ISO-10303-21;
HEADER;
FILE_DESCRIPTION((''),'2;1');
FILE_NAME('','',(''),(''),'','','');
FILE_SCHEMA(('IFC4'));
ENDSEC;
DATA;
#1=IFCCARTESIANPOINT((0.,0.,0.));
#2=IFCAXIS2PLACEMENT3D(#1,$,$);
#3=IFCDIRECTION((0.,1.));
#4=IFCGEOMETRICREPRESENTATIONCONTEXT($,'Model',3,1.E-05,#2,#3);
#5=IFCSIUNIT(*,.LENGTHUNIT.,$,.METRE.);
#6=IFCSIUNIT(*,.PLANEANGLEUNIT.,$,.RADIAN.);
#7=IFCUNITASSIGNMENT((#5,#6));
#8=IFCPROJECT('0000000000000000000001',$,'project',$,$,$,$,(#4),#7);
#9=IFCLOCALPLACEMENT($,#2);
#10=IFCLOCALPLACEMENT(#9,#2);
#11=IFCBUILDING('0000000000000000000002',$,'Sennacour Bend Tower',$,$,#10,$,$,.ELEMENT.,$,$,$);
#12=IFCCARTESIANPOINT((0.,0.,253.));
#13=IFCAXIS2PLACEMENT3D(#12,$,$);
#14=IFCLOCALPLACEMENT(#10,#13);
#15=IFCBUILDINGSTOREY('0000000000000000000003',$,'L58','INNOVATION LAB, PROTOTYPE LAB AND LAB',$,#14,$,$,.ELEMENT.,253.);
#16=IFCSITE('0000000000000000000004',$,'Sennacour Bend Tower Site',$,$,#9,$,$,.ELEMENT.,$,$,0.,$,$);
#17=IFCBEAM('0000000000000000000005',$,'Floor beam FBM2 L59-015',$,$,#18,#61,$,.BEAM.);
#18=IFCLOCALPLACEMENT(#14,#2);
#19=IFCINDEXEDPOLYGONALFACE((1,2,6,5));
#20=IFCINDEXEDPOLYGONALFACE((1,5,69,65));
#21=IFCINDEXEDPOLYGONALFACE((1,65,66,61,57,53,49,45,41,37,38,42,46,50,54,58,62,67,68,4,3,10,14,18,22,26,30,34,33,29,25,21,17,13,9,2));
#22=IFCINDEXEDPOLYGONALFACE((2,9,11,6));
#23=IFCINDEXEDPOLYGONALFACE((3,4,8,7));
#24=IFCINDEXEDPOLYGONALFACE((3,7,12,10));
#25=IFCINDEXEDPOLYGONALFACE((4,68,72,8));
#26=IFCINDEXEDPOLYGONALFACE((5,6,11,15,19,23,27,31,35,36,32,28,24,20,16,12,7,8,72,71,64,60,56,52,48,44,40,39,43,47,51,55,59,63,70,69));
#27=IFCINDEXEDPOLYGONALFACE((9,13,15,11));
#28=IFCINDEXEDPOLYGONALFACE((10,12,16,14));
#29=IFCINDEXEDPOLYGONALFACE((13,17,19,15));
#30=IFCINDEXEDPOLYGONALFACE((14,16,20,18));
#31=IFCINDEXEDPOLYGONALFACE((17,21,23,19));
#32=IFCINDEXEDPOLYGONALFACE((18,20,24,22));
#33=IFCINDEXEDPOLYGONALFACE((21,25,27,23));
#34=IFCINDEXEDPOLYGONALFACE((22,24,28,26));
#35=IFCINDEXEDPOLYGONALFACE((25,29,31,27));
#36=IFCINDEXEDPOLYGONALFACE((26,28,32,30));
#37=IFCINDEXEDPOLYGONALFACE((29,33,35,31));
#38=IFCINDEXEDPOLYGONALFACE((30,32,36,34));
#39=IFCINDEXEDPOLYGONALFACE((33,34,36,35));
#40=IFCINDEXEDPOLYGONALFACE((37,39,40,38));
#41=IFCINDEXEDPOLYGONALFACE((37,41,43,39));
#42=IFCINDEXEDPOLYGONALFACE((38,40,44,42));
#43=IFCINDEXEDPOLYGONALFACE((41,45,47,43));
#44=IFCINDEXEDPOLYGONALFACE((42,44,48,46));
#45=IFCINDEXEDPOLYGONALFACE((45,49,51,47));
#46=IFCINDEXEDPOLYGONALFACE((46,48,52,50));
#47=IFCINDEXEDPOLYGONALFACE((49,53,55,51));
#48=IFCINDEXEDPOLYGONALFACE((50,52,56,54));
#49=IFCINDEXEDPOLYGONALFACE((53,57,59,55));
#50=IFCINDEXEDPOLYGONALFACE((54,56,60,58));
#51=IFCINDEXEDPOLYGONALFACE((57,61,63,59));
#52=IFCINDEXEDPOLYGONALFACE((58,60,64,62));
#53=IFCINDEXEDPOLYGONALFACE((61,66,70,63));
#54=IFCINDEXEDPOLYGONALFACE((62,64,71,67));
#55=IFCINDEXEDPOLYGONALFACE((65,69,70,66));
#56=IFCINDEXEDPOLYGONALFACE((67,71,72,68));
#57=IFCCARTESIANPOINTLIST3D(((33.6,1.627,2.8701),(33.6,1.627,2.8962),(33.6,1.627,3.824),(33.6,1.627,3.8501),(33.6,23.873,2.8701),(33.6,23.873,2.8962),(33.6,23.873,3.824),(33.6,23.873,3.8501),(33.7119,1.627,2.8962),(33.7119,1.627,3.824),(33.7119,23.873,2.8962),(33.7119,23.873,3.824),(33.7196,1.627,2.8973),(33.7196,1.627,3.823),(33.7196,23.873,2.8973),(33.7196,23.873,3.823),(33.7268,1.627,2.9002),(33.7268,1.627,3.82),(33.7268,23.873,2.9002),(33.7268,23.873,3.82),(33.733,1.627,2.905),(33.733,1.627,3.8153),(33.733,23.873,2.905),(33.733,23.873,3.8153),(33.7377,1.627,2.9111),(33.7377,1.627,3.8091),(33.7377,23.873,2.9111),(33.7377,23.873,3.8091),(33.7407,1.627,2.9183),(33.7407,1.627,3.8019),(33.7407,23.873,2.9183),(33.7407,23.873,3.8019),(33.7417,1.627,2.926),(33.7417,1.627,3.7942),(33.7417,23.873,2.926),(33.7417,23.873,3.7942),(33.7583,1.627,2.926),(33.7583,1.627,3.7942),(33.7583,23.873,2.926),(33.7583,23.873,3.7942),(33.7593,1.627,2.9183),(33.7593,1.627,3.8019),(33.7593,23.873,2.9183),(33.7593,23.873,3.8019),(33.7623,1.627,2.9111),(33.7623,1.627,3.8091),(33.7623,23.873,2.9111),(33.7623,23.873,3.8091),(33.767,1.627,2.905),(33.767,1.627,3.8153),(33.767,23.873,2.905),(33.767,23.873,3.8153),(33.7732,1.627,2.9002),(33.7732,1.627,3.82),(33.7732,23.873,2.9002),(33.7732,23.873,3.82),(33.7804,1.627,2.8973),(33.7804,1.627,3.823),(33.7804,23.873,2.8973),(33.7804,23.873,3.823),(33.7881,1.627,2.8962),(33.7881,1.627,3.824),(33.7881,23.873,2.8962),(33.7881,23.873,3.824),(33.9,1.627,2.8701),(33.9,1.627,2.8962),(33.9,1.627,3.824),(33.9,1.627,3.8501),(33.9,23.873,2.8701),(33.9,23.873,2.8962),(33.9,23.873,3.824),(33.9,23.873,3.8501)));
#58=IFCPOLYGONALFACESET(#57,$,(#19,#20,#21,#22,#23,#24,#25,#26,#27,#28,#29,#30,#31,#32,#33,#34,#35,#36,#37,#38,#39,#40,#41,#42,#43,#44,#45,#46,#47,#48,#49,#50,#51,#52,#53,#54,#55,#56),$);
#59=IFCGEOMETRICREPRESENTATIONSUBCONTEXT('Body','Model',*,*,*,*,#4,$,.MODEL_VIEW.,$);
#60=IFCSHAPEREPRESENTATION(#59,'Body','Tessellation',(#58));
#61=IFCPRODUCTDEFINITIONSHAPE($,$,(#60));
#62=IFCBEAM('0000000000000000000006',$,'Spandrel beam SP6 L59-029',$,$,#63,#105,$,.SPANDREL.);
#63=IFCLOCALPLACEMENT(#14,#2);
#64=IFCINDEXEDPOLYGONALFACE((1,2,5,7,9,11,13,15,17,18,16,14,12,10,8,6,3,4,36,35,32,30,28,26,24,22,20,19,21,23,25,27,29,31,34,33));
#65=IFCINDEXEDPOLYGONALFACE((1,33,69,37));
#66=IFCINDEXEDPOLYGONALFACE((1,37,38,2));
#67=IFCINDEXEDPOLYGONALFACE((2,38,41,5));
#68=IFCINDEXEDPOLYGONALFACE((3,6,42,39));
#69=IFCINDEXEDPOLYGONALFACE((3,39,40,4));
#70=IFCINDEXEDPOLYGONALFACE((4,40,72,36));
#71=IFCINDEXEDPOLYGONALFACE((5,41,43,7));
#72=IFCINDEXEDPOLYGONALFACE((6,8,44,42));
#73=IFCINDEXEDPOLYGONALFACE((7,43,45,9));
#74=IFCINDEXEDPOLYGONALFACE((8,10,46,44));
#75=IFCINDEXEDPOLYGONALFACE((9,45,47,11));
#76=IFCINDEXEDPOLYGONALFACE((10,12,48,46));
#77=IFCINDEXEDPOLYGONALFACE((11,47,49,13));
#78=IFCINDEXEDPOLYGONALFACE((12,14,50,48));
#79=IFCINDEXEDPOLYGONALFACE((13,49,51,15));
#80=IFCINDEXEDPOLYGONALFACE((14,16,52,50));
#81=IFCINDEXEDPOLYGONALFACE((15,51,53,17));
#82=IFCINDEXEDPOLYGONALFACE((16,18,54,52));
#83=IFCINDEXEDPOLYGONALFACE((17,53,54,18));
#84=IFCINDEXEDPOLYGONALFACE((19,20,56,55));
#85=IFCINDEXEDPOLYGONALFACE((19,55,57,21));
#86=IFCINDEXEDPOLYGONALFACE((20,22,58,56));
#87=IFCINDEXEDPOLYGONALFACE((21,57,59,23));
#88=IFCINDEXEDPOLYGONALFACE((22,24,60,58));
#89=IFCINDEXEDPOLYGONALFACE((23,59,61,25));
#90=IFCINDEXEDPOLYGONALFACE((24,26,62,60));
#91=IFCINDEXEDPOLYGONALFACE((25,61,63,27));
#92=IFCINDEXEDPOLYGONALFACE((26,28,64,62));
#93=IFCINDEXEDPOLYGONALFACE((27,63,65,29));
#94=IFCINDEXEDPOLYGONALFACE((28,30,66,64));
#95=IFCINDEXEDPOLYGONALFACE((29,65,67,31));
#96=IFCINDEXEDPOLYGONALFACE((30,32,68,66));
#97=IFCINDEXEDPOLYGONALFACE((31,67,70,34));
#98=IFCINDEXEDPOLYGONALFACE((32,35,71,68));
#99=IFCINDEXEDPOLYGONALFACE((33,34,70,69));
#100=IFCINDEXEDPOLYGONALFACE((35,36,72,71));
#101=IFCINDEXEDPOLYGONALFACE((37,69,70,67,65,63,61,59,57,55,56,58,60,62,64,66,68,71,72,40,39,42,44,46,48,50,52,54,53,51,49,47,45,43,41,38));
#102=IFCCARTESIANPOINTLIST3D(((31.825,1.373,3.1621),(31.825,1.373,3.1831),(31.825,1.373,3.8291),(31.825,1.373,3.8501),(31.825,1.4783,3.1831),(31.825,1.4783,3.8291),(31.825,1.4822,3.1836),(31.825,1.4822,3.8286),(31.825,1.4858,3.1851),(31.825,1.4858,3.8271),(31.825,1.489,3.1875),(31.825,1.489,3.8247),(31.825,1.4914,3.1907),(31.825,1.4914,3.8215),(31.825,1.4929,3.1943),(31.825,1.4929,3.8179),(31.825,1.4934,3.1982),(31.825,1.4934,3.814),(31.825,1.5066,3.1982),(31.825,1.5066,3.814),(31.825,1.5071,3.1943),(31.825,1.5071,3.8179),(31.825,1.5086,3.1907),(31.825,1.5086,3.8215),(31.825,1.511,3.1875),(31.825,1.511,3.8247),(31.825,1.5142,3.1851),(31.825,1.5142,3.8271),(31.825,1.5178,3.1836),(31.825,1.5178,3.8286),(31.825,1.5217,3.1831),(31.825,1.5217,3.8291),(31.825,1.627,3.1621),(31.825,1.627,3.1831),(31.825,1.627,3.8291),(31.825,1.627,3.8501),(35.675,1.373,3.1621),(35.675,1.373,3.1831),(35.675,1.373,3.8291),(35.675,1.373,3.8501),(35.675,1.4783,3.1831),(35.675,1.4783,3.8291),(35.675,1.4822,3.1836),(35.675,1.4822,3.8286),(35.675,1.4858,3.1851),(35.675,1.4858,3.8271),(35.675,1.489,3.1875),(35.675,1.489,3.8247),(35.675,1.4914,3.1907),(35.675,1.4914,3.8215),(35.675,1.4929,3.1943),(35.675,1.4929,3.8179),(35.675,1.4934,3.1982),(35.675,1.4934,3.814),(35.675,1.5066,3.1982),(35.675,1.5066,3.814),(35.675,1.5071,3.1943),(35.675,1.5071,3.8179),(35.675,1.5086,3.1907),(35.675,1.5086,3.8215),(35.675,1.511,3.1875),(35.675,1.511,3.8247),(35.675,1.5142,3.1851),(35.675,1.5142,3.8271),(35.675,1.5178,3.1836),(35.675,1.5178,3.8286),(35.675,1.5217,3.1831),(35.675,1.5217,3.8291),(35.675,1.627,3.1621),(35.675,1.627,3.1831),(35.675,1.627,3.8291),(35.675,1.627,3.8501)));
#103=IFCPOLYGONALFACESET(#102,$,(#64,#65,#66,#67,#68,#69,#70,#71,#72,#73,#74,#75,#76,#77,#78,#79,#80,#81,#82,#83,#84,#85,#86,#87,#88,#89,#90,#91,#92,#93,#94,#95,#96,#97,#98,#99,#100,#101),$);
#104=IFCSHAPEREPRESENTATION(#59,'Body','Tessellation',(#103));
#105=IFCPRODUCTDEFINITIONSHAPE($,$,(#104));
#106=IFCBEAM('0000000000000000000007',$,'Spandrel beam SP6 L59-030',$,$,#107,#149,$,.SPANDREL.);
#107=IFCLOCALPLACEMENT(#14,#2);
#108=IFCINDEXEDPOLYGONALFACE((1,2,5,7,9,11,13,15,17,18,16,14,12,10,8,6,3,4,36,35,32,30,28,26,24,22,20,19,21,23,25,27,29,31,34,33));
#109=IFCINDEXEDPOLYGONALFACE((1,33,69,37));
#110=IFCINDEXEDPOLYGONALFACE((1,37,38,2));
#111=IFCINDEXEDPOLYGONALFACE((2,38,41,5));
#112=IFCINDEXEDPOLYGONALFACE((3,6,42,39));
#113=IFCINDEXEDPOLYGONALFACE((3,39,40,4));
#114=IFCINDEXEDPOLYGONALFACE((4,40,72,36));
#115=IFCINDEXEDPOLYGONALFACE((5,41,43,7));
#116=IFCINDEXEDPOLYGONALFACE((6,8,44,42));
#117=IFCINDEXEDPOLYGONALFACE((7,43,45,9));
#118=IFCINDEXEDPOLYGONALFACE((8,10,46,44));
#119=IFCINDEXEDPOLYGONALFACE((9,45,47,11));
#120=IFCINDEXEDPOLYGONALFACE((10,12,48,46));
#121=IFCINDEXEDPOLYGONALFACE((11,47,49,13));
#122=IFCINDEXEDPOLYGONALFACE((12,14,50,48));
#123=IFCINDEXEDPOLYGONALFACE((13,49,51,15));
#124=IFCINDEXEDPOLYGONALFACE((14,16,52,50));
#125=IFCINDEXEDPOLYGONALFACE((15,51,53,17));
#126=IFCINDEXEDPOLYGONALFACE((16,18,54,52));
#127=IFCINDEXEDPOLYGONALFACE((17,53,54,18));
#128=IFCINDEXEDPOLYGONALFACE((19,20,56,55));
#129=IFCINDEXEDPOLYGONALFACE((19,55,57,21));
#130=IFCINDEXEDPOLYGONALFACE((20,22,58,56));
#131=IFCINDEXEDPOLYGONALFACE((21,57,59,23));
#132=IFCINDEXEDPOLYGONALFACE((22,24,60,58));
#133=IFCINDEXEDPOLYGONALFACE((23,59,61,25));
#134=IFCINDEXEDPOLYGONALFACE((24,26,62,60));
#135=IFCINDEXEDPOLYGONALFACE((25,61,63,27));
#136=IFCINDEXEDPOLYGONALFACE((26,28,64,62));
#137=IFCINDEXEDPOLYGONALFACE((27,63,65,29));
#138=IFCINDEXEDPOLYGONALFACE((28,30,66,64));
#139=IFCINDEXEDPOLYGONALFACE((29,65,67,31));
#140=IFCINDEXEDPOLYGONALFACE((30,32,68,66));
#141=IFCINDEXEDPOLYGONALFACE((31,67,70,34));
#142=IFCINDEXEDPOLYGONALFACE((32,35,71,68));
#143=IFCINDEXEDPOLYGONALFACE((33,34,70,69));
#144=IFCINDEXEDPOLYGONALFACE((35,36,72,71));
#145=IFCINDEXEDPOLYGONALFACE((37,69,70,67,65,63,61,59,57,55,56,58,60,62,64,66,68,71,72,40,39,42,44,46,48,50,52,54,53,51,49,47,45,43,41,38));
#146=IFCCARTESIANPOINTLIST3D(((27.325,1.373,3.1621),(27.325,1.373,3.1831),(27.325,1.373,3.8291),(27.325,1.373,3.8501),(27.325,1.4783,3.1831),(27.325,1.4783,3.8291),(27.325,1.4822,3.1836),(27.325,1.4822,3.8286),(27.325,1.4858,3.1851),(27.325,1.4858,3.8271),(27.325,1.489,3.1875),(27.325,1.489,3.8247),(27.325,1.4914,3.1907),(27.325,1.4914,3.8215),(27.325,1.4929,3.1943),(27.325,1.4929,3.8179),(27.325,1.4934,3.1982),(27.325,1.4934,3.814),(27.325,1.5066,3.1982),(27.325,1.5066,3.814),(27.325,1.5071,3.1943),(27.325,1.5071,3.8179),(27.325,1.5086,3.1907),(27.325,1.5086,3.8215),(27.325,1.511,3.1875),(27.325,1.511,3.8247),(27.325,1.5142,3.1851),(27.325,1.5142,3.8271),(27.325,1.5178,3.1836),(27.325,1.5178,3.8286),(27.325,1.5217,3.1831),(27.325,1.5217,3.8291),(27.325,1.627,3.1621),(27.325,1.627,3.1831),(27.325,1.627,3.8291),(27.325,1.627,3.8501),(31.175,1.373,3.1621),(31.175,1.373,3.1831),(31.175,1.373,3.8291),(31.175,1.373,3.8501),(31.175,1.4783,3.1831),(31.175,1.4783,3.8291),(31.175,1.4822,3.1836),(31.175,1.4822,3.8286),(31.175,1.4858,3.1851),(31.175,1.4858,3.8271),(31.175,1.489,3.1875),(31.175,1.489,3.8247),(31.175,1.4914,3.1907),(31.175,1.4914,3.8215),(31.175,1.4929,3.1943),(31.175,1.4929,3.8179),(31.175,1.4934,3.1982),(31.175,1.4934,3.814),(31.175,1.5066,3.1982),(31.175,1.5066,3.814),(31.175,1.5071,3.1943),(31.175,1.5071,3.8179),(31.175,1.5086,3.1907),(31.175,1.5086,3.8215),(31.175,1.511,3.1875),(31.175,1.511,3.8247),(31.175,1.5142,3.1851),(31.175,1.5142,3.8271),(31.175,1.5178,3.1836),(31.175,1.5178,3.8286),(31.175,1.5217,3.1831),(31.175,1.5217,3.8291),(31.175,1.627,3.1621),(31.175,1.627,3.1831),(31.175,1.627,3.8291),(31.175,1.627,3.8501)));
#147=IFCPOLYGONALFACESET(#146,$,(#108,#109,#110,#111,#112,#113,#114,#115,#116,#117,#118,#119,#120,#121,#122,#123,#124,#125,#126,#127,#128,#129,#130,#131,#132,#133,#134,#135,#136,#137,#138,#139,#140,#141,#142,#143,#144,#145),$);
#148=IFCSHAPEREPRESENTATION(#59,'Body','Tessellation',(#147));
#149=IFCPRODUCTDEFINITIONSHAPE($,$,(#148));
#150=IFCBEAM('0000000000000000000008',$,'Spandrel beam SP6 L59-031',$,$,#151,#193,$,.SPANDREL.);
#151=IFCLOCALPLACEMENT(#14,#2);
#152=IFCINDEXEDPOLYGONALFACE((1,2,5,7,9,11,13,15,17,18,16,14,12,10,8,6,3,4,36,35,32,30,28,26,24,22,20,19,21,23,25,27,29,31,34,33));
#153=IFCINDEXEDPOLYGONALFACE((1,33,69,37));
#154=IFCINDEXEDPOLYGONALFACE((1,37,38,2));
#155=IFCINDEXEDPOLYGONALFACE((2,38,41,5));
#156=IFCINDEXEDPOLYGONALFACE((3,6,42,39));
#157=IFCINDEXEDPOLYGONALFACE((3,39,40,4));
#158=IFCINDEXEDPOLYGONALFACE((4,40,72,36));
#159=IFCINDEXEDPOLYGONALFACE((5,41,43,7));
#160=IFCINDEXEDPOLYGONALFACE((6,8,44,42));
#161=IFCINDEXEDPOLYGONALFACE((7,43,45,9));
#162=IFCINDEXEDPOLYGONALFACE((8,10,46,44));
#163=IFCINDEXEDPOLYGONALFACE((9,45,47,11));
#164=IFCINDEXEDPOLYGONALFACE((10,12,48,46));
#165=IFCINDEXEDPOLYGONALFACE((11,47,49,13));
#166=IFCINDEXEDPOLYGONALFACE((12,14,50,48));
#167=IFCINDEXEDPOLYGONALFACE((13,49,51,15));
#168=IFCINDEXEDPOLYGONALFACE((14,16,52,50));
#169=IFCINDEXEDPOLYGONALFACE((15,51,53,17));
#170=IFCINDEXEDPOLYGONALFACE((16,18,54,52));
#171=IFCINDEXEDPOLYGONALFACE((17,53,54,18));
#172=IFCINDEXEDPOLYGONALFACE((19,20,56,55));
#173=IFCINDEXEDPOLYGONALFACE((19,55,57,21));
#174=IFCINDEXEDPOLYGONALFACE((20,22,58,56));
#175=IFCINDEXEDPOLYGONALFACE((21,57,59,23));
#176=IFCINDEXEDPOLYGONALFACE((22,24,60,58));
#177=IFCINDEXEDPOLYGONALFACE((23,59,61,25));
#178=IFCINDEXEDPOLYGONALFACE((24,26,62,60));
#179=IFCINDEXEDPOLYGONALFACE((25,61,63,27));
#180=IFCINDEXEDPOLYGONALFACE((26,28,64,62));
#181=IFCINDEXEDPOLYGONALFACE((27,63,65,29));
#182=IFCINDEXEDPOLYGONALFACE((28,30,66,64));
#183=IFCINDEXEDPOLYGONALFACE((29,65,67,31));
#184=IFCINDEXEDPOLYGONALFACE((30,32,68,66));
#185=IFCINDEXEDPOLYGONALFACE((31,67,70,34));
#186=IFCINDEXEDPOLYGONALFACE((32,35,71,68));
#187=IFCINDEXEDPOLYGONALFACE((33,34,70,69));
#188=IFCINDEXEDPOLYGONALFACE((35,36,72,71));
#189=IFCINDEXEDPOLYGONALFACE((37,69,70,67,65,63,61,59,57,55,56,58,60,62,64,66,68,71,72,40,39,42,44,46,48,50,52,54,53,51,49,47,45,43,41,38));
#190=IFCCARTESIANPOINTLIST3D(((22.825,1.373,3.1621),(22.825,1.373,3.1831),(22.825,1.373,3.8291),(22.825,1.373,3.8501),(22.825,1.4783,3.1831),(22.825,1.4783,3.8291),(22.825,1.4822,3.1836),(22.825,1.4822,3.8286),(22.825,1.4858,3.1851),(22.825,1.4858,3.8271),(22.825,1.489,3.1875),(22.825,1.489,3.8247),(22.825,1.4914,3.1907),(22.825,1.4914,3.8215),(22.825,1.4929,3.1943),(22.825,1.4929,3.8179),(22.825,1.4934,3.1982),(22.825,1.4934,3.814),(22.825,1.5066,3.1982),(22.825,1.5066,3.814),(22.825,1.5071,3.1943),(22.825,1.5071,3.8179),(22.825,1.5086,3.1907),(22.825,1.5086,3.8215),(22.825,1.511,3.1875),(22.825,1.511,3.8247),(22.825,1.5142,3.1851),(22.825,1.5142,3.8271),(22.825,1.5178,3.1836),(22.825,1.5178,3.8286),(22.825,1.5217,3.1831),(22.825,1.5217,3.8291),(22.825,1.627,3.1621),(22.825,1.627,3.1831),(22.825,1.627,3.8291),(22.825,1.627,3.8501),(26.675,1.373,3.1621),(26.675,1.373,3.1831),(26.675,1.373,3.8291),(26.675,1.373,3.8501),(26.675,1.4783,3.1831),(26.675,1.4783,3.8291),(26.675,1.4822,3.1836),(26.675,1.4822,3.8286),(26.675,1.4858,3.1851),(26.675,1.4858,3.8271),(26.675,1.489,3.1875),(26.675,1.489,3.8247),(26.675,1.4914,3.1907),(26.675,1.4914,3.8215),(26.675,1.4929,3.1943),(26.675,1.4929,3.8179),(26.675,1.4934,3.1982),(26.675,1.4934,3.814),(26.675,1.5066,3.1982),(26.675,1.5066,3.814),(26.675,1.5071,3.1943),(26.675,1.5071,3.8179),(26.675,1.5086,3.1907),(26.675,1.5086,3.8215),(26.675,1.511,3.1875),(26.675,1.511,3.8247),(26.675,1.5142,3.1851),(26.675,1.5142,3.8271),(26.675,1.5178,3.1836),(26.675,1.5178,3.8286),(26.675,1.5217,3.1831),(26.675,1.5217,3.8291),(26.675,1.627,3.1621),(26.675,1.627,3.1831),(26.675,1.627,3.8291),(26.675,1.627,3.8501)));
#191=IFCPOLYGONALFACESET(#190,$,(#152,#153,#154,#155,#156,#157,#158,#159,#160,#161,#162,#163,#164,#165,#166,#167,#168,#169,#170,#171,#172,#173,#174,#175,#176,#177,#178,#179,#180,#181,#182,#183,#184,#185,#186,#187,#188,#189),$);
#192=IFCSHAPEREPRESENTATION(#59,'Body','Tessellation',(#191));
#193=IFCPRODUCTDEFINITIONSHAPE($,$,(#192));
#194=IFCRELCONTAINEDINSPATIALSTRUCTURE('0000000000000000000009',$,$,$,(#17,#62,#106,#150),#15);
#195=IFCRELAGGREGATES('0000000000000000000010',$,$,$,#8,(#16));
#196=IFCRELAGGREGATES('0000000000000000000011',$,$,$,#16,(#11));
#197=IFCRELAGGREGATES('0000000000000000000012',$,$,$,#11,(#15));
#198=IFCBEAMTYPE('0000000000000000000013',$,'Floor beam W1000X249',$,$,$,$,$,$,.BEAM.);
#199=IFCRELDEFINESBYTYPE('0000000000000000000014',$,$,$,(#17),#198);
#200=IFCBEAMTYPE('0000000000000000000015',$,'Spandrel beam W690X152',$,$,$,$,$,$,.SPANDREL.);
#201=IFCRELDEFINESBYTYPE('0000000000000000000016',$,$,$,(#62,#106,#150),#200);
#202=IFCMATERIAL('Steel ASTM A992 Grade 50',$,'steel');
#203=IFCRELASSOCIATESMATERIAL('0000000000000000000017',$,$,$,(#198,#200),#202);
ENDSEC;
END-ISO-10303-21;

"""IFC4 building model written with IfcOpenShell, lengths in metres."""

from ifc_helpers import new_model, si_unit, direction, frame, origin, origin_2d, place, context, subcontext, project, spatial, i_section, extrude, material, material_profile, profile_set, type_object, element, save


model = new_model("IFC4")

# Units and contexts
model_context = context("Model", 3, precision=1e-05, world=origin(), true_north=direction((0.0, 1.0)))
body_context = subcontext(model_context, "Body", "Model", "MODEL_VIEW")
ifc_project = project(units=[si_unit("LENGTHUNIT", "METRE"), si_unit("PLANEANGLEUNIT", "RADIAN")], contexts=[model_context])

# Site, building, storey
site_placement = place(None, origin())
site = spatial("IfcSite", under=ifc_project, at=site_placement, Name="Sennacour Bend Tower Site", CompositionType="ELEMENT", RefElevation=0.0)
building_placement = place(site_placement, origin())
building = spatial("IfcBuilding", under=site, at=building_placement, Name="Sennacour Bend Tower", CompositionType="ELEMENT")
storey_placement = place(building_placement, frame((0.0, 0.0, 253.0)))
storey = spatial("IfcBuildingStorey", under=building, at=storey_placement, Name="L58", Description="INNOVATION LAB, PROTOTYPE LAB AND LAB", CompositionType="ELEMENT", Elevation=253.0)

# Beams
ifc_material_1 = material(Name="Steel ASTM A992 Grade 50", Category="steel")
ifc_material_profile_1 = material_profile(ifc_material_1, i_section(OverallWidth=0.3, OverallDepth=0.98, WebThickness=0.0166, FlangeThickness=0.0261, FilletRadius=0.0298, at=origin_2d()), Name="Steel ASTM A992 Grade 50", Category="steel")
ifc_profile_set_1 = profile_set([ifc_material_profile_1], Name="Steel ASTM A992 Grade 50")
beam_type_1 = type_object("IfcBeamType", Name="Floor beam W1000X249", PredefinedType="BEAM", material=ifc_profile_set_1)
for number, where, z_axis, x_axis, name in (
    (1, (33.75, 1.627, 3.3601), (0.0, 1.0, 0.0), (-1.0, 0.0, 0.0), "Floor beam FBM2 L59-015"),
):
    element("IfcBeam", number, at=place(storey_placement, frame(where, z_axis=z_axis, x_axis=x_axis)), inside=storey, type_object=beam_type_1, Name=name, PredefinedType="BEAM", context=body_context, shape_type="SweptSolid", body=[
        extrude(i_section(OverallWidth=0.3, OverallDepth=0.98, WebThickness=0.0166, FlangeThickness=0.0261, FilletRadius=0.0298, at=origin_2d()), origin(), (0.0, 0.0, 1.0), 22.2461),
    ])
ifc_material_profile_2 = material_profile(ifc_material_1, i_section(OverallWidth=0.2539, OverallDepth=0.688, WebThickness=0.0132, FlangeThickness=0.021, FilletRadius=0.0151, at=origin_2d()), Name="Steel ASTM A992 Grade 50", Category="steel")
ifc_profile_set_2 = profile_set([ifc_material_profile_2], Name="Steel ASTM A992 Grade 50")
beam_type_2 = type_object("IfcBeamType", Name="Spandrel beam W690X152", PredefinedType="SPANDREL", material=ifc_profile_set_2)
for number, where, z_axis, x_axis, name in (
    (2, (35.675, 1.5, 3.5061), (-1.0, 0.0, 0.0), (0.0, -1.0, 0.0), "Spandrel beam SP6 L59-029"),
    (3, (31.175, 1.5, 3.5061), (-1.0, 0.0, 0.0), (0.0, -1.0, 0.0), "Spandrel beam SP6 L59-030"),
    (4, (26.675, 1.5, 3.5061), (-1.0, 0.0, 0.0), (0.0, -1.0, 0.0), "Spandrel beam SP6 L59-031"),
):
    element("IfcBeam", number, at=place(storey_placement, frame(where, z_axis=z_axis, x_axis=x_axis)), inside=storey, type_object=beam_type_2, Name=name, PredefinedType="SPANDREL", context=body_context, shape_type="SweptSolid", body=[
        extrude(i_section(OverallWidth=0.2539, OverallDepth=0.688, WebThickness=0.0132, FlangeThickness=0.021, FilletRadius=0.0151, at=origin_2d()), origin(), (0.0, 0.0, 1.0), 3.8501),
    ])

save(model, "model.ifc")
